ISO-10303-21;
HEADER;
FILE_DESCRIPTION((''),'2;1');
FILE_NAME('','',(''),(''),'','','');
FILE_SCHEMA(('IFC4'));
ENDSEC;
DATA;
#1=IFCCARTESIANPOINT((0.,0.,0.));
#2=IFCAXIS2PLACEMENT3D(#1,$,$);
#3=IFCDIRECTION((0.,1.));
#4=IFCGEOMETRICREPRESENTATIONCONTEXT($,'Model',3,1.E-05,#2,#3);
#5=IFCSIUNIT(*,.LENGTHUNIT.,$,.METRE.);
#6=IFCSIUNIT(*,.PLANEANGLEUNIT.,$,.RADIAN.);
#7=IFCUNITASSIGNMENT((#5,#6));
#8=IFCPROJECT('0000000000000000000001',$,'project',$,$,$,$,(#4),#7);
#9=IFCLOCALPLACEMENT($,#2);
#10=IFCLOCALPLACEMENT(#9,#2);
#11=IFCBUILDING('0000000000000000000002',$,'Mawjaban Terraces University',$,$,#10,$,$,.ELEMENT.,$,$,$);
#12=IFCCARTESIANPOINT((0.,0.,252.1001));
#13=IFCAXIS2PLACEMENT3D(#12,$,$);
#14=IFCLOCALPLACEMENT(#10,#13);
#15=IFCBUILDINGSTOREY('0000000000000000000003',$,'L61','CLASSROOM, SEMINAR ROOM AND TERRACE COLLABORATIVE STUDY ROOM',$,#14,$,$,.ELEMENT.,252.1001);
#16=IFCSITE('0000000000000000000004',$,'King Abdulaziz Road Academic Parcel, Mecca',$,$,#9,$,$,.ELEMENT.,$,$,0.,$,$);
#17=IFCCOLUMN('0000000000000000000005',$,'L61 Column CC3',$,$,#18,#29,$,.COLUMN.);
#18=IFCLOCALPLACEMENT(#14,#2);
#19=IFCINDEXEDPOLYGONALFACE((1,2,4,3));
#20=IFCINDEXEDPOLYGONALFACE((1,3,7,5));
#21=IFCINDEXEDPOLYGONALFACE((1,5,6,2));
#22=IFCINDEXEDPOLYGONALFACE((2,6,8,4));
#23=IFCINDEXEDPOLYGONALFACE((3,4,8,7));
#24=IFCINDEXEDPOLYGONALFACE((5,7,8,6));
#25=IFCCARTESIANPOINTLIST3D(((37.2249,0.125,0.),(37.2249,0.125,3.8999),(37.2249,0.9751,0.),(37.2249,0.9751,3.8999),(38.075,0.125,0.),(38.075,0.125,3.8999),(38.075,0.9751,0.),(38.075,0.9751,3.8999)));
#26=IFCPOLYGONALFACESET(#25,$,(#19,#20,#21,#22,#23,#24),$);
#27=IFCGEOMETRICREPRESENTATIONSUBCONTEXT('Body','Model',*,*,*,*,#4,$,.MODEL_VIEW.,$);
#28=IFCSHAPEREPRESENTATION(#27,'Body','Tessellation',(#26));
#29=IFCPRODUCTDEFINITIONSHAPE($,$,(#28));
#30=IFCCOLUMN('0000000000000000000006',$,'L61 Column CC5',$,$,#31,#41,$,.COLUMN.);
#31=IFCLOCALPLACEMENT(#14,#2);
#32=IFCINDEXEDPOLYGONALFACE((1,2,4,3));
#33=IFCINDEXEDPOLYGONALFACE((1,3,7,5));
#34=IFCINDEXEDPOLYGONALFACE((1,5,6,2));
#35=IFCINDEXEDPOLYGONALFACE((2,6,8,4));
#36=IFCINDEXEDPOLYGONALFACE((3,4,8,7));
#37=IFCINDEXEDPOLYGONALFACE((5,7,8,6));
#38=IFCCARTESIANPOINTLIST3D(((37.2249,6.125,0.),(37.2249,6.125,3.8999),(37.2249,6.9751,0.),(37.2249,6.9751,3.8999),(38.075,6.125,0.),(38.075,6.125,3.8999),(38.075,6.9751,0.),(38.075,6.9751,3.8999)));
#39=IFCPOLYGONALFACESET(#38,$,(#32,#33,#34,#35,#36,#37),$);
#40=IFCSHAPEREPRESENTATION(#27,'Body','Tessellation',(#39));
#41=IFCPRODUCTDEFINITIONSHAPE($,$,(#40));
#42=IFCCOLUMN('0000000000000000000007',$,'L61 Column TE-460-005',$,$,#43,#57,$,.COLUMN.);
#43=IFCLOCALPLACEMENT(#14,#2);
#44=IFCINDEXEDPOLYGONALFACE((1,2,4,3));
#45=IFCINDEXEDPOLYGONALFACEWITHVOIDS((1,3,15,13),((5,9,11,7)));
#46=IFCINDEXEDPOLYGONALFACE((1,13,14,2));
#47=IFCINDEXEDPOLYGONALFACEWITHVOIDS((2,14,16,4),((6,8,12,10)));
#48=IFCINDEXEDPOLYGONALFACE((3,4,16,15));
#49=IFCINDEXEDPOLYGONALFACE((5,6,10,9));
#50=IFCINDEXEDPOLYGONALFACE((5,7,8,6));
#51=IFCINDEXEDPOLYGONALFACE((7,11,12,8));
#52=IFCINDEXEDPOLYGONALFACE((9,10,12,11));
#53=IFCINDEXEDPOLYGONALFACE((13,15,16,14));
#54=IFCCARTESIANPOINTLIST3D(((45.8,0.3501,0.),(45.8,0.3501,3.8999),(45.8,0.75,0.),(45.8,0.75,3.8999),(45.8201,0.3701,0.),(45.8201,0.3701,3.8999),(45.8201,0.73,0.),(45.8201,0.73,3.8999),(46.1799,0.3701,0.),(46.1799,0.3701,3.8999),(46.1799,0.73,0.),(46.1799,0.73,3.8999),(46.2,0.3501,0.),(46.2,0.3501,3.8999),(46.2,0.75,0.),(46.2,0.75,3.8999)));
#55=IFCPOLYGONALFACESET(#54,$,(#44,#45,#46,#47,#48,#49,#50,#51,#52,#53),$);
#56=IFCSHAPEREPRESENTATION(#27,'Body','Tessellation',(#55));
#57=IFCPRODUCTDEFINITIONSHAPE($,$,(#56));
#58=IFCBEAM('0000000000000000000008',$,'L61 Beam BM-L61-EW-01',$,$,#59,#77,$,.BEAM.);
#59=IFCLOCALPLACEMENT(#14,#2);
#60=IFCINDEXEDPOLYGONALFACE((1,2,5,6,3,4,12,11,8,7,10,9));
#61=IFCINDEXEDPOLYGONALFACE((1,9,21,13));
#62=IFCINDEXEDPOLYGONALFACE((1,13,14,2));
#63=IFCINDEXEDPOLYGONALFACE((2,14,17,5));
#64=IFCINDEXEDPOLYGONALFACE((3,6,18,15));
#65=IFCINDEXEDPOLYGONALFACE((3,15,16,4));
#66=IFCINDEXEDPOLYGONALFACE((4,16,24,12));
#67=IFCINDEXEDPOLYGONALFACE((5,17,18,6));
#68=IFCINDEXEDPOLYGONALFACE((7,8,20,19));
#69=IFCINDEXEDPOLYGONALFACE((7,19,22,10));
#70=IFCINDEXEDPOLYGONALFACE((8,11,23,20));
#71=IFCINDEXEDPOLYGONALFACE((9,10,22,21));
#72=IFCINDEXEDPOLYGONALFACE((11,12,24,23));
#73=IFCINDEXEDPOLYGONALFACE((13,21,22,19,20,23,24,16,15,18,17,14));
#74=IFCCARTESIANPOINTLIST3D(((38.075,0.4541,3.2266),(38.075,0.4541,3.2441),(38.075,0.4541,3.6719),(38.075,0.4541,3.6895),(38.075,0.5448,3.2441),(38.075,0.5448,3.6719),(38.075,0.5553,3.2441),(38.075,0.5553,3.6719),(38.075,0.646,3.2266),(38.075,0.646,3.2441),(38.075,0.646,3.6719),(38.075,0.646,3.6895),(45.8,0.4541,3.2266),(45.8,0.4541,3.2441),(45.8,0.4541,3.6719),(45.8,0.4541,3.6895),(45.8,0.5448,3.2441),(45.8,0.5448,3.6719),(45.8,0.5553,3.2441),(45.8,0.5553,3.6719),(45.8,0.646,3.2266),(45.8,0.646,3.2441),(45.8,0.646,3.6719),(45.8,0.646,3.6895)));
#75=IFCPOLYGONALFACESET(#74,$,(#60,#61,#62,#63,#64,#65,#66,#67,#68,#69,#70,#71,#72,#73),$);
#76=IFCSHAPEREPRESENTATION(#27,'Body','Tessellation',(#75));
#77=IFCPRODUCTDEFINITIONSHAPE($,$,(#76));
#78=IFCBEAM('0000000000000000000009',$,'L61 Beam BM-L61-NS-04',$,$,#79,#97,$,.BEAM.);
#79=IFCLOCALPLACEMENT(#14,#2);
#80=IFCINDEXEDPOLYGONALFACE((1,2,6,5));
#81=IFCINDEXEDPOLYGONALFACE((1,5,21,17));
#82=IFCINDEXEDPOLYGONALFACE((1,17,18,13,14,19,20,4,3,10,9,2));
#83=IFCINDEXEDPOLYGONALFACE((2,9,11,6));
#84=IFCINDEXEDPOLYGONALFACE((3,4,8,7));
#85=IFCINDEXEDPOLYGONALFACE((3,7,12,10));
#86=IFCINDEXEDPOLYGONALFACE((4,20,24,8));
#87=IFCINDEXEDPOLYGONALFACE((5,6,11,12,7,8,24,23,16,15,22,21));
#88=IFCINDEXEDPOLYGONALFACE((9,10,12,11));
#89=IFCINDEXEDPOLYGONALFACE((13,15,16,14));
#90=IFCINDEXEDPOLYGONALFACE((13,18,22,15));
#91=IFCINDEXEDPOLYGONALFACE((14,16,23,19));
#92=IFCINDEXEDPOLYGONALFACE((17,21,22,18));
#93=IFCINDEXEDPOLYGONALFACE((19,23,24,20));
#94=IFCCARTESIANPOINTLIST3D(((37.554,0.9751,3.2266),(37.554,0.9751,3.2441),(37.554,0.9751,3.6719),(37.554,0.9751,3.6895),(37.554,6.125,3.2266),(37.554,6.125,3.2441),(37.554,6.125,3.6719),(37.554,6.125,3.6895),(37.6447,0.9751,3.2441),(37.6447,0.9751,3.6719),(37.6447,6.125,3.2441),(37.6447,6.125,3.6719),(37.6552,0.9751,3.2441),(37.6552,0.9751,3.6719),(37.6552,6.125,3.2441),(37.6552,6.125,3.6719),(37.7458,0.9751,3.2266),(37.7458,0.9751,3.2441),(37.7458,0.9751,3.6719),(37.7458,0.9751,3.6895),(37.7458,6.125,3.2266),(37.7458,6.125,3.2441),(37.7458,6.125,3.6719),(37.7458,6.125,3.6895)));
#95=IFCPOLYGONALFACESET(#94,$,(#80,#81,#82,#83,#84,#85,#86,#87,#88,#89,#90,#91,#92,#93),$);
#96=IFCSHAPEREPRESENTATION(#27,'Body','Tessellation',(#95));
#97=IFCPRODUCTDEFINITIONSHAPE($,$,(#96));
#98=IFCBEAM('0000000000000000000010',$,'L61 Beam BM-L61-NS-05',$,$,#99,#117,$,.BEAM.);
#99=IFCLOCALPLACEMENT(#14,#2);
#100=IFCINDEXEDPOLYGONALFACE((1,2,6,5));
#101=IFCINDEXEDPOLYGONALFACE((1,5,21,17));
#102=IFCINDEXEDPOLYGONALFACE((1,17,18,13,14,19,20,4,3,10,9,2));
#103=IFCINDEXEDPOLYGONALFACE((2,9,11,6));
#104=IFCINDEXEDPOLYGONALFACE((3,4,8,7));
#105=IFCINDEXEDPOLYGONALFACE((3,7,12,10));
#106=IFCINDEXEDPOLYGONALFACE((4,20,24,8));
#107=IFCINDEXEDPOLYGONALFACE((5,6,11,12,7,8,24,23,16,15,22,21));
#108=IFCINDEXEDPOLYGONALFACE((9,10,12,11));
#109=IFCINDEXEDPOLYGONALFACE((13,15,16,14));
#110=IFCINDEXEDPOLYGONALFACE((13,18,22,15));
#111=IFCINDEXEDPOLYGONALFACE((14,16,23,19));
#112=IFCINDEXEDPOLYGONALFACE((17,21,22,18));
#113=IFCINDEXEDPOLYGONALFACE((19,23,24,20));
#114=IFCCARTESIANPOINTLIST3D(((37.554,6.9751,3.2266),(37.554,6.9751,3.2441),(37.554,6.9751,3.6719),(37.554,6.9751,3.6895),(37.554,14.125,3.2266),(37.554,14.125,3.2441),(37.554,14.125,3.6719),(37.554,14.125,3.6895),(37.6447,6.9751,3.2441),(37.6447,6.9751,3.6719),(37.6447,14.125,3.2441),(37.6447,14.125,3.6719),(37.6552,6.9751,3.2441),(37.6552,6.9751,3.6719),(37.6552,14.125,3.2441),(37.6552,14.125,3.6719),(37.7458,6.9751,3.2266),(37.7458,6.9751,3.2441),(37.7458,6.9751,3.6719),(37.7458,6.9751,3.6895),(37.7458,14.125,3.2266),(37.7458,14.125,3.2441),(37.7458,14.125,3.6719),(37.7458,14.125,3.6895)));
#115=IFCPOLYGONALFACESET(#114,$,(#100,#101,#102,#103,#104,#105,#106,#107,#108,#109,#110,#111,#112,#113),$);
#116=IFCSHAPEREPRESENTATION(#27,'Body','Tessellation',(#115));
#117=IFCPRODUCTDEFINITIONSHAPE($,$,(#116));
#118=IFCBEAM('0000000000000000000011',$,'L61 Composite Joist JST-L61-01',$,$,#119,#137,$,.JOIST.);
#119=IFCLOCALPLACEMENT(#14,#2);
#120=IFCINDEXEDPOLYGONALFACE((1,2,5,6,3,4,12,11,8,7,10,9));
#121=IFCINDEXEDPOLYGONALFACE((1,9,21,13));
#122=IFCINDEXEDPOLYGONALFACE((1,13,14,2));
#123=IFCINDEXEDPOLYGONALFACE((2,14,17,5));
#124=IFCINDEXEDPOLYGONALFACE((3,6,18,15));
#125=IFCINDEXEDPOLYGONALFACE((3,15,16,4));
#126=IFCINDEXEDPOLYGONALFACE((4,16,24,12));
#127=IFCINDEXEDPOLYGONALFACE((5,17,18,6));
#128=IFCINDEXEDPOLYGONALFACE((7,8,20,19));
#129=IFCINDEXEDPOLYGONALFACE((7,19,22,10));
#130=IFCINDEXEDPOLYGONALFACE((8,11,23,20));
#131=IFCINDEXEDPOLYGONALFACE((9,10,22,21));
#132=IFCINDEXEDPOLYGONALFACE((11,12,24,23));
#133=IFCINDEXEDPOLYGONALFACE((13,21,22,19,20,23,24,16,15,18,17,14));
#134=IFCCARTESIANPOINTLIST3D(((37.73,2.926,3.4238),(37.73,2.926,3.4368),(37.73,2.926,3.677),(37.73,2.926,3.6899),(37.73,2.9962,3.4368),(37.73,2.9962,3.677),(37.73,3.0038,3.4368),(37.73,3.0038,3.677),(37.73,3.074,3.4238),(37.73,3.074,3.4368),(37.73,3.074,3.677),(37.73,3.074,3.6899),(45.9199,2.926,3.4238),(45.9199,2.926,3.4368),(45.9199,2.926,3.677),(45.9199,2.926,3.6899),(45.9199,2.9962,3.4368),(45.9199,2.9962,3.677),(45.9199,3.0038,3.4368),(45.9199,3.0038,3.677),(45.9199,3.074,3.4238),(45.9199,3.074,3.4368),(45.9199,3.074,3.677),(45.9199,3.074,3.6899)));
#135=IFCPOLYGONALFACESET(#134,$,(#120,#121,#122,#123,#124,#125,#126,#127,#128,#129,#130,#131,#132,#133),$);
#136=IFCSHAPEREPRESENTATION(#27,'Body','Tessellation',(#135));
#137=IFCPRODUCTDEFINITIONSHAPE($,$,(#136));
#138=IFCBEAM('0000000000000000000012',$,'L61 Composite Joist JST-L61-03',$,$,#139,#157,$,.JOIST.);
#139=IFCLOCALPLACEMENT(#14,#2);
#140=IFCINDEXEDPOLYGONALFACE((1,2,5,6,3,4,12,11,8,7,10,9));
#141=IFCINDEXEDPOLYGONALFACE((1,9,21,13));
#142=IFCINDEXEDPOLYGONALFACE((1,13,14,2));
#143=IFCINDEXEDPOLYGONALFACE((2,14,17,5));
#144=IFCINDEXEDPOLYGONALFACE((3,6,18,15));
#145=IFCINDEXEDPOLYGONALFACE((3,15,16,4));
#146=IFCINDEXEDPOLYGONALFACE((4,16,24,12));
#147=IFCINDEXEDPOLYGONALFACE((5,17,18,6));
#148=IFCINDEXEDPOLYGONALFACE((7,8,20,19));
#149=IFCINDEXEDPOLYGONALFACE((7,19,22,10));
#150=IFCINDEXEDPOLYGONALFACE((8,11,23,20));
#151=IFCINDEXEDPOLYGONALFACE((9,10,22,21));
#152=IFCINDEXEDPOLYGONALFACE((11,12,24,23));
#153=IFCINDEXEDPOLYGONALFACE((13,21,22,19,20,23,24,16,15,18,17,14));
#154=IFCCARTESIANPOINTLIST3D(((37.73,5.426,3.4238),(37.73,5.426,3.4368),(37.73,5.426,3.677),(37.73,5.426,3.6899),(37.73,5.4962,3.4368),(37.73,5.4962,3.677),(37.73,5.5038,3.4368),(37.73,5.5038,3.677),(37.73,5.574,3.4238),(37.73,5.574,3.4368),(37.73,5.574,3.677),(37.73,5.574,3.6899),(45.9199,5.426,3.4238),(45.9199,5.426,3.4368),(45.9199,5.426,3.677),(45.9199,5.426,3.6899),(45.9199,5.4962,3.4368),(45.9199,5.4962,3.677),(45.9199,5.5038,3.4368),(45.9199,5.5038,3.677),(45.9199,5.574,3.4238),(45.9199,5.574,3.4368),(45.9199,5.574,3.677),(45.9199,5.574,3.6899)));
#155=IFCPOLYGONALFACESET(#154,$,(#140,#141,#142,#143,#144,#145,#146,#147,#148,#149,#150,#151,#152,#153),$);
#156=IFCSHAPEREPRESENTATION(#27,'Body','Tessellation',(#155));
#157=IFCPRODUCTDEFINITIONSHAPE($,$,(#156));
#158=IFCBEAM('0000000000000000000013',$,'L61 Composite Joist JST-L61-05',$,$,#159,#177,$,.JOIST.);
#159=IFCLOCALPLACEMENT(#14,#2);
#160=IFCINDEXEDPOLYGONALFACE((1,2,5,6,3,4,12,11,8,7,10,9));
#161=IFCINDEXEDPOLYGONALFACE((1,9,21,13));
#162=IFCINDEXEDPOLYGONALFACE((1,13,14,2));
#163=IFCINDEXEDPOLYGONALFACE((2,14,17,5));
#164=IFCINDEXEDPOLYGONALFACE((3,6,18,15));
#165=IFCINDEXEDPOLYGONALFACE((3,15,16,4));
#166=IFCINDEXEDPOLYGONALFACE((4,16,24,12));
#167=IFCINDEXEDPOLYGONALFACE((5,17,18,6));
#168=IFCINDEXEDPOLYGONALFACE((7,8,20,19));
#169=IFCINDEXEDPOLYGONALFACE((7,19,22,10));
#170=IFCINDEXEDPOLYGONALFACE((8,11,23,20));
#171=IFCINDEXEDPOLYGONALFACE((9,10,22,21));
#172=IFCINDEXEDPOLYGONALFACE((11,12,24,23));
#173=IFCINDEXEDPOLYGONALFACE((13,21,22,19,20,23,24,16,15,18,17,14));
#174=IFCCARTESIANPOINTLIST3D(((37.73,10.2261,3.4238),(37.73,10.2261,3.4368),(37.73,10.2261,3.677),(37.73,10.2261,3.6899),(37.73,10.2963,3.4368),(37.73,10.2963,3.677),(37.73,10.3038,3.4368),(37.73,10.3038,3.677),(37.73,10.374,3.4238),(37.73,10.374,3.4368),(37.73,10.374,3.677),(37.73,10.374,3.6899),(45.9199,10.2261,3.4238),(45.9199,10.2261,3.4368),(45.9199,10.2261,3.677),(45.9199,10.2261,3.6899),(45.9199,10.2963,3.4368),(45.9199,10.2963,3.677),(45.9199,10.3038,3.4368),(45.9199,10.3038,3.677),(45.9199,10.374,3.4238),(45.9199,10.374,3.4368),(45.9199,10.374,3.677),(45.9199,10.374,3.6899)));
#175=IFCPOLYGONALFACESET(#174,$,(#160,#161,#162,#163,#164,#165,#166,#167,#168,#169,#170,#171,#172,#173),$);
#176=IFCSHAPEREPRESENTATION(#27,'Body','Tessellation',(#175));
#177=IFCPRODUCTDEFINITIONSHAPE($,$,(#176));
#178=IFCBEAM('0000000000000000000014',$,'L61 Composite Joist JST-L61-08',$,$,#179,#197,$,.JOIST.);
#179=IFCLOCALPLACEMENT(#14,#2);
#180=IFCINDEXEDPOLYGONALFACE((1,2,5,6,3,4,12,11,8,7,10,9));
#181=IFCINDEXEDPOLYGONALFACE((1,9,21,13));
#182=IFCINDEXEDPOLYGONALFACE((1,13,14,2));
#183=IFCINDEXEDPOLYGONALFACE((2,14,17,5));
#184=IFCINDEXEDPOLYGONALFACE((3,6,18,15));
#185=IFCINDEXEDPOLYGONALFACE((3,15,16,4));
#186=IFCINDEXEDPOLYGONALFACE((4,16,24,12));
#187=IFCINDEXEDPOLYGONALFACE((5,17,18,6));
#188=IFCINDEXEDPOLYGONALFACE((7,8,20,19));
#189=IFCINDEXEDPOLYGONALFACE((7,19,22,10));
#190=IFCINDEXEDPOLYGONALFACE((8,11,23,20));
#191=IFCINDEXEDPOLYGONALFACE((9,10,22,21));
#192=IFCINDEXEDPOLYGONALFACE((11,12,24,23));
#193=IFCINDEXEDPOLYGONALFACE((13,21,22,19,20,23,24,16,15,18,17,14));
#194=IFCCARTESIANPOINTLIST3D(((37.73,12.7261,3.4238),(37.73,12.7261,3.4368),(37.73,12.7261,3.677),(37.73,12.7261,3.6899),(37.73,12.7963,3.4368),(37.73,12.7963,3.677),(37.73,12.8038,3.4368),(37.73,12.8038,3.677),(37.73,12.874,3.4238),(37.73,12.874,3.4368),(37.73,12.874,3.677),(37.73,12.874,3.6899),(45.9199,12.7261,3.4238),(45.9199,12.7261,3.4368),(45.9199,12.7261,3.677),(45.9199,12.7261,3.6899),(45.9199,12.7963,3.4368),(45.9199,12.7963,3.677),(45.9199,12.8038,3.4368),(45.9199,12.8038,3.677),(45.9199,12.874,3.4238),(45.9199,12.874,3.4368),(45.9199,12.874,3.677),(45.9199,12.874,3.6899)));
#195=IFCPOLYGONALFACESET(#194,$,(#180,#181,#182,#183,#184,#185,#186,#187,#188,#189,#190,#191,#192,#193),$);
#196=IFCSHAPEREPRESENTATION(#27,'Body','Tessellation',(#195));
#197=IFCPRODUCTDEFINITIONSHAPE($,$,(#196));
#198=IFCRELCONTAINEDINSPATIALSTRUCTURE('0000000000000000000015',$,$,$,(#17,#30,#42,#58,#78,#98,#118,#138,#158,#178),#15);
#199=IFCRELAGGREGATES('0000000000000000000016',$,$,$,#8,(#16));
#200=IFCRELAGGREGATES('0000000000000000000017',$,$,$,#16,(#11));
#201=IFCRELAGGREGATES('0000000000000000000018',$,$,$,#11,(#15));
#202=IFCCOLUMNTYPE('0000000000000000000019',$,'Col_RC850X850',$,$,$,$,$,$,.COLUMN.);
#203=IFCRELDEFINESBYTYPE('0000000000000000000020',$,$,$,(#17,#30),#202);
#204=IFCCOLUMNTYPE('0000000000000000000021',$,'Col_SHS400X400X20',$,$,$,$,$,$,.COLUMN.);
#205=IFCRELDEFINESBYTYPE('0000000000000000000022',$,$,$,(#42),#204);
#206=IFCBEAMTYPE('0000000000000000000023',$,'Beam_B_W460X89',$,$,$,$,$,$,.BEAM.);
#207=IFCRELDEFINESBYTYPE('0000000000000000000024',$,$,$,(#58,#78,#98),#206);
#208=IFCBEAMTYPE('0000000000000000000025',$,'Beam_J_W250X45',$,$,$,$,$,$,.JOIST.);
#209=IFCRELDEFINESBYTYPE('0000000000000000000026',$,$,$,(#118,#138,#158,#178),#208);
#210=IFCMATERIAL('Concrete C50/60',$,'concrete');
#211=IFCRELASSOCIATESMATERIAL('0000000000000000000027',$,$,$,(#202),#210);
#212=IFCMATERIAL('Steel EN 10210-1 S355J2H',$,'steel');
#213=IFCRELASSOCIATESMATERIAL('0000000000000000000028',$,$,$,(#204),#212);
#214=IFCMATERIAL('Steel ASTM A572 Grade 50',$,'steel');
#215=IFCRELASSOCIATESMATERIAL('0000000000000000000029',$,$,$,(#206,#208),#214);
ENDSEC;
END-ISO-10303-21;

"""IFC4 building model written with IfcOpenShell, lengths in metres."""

from ifc_helpers import new_model, si_unit, direction, frame, origin, origin_2d, place, context, subcontext, project, spatial, rectangle, hollow_rectangle, i_section, extrude, material, material_profile, profile_set, type_object, element, save


model = new_model("IFC4")

# Units and contexts
model_context = context("Model", 3, precision=1e-05, world=origin(), true_north=direction((0.0, 1.0)))
body_context = subcontext(model_context, "Body", "Model", "MODEL_VIEW")
ifc_project = project(units=[si_unit("LENGTHUNIT", "METRE"), si_unit("PLANEANGLEUNIT", "RADIAN")], contexts=[model_context])

# Site, building, storey
site_placement = place(None, origin())
site = spatial("IfcSite", under=ifc_project, at=site_placement, Name="King Abdulaziz Road Academic Parcel, Mecca", CompositionType="ELEMENT", RefElevation=0.0)
building_placement = place(site_placement, origin())
building = spatial("IfcBuilding", under=site, at=building_placement, Name="Mawjaban Terraces University", CompositionType="ELEMENT")
storey_placement = place(building_placement, frame((0.0, 0.0, 252.1001)))
storey = spatial("IfcBuildingStorey", under=building, at=storey_placement, Name="L61", Description="CLASSROOM, SEMINAR ROOM AND TERRACE COLLABORATIVE STUDY ROOM", CompositionType="ELEMENT", Elevation=252.1001)

# Columns
ifc_material_1 = material(Name="Concrete C50/60", Category="concrete")
ifc_material_profile_1 = material_profile(ifc_material_1, rectangle(XDim=0.8501, YDim=0.8501, at=origin_2d()), Name="RC850X850")
ifc_profile_set_1 = profile_set([ifc_material_profile_1], Name="Concrete C50/60")
column_type_1 = type_object("IfcColumnType", Name="Col_RC850X850", PredefinedType="COLUMN", material=ifc_profile_set_1)
for number, where, z_axis, x_axis, name in (
    (1, (37.6499, 0.55, 0.0), (0.0, 0.0, 1.0), (1.0, 0.0, 0.0), "L61 Column CC3"),
    (2, (37.6499, 6.55, 0.0), (0.0, 0.0, 1.0), (1.0, 0.0, 0.0), "L61 Column CC5"),
):
    element("IfcColumn", number, at=place(storey_placement, frame(where, z_axis=z_axis, x_axis=x_axis)), inside=storey, type_object=column_type_1, Name=name, PredefinedType="COLUMN", context=body_context, shape_type="SweptSolid", body=[
        extrude(rectangle(XDim=0.8501, YDim=0.8501, at=origin_2d()), origin(), (0.0, 0.0, 1.0), 3.8999),
    ])
ifc_material_2 = material(Name="Steel EN 10210-1 S355J2H", Category="steel")
ifc_material_profile_2 = material_profile(ifc_material_2, hollow_rectangle(XDim=0.3999, YDim=0.3999, WallThickness=0.02, at=origin_2d()), Name="SHS400X400X20")
ifc_profile_set_2 = profile_set([ifc_material_profile_2], Name="Steel EN 10210-1 S355J2H")
column_type_2 = type_object("IfcColumnType", Name="Col_SHS400X400X20", PredefinedType="COLUMN", material=ifc_profile_set_2)
column_placement = place(storey_placement, frame((46.0, 0.55, 0.0), z_axis=(0.0, 0.0, 1.0), x_axis=(1.0, 0.0, 0.0)))
element("IfcColumn", 3, at=column_placement, inside=storey, type_object=column_type_2, Name="L61 Column TE-460-005", PredefinedType="COLUMN", context=body_context, shape_type="SweptSolid", body=[
    extrude(hollow_rectangle(XDim=0.3999, YDim=0.3999, WallThickness=0.02, at=origin_2d()), origin(), (0.0, 0.0, 1.0), 3.8999),
])

# Beams
ifc_material_3 = material(Name="Steel ASTM A572 Grade 50", Category="steel")
ifc_material_profile_3 = material_profile(ifc_material_3, i_section(OverallWidth=0.1919, OverallDepth=0.4629, WebThickness=0.0105, FlangeThickness=0.0176, at=origin_2d()), Name="W460X89")
ifc_profile_set_3 = profile_set([ifc_material_profile_3], Name="Steel ASTM A572 Grade 50")
beam_type_1 = type_object("IfcBeamType", Name="Beam_B_W460X89", PredefinedType="BEAM", material=ifc_profile_set_3)
beam_1_placement = place(storey_placement, frame((38.075, 0.55, 3.458), z_axis=(1.0, 0.0, 0.0), x_axis=(0.0, 1.0, 0.0)))
element("IfcBeam", 4, at=beam_1_placement, inside=storey, type_object=beam_type_1, Name="L61 Beam BM-L61-EW-01", PredefinedType="BEAM", context=body_context, shape_type="SweptSolid", body=[
    extrude(i_section(OverallWidth=0.1919, OverallDepth=0.4629, WebThickness=0.0105, FlangeThickness=0.0176, at=origin_2d()), origin(), (0.0, 0.0, 1.0), 7.7251),
])
beam_2_placement = place(storey_placement, frame((37.6499, 0.9751, 3.458), z_axis=(0.0, 1.0, 0.0), x_axis=(-1.0, 0.0, 0.0)))
element("IfcBeam", 5, at=beam_2_placement, inside=storey, type_object=beam_type_1, Name="L61 Beam BM-L61-NS-04", PredefinedType="BEAM", context=body_context, shape_type="SweptSolid", body=[
    extrude(i_section(OverallWidth=0.1919, OverallDepth=0.4629, WebThickness=0.0105, FlangeThickness=0.0176, at=origin_2d()), origin(), (0.0, 0.0, 1.0), 5.1499),
])
beam_3_placement = place(storey_placement, frame((37.6499, 6.9751, 3.458), z_axis=(0.0, 1.0, 0.0), x_axis=(-1.0, 0.0, 0.0)))
element("IfcBeam", 6, at=beam_3_placement, inside=storey, type_object=beam_type_1, Name="L61 Beam BM-L61-NS-05", PredefinedType="BEAM", context=body_context, shape_type="SweptSolid", body=[
    extrude(i_section(OverallWidth=0.1919, OverallDepth=0.4629, WebThickness=0.0105, FlangeThickness=0.0176, at=origin_2d()), origin(), (0.0, 0.0, 1.0), 7.1499),
])
ifc_material_profile_4 = material_profile(ifc_material_3, i_section(OverallWidth=0.1479, OverallDepth=0.2661, WebThickness=0.0076, FlangeThickness=0.0129, at=origin_2d()), Name="W250X45")
ifc_profile_set_4 = profile_set([ifc_material_profile_4], Name="Steel ASTM A572 Grade 50")
beam_type_2 = type_object("IfcBeamType", Name="Beam_J_W250X45", PredefinedType="JOIST", material=ifc_profile_set_4)
for number, where, z_axis, x_axis, name in (
    (7, (37.73, 3.0, 3.5569), (1.0, 0.0, 0.0), (0.0, 1.0, 0.0), "L61 Composite Joist JST-L61-01"),
    (8, (37.73, 5.5, 3.5569), (1.0, 0.0, 0.0), (0.0, 1.0, 0.0), "L61 Composite Joist JST-L61-03"),
    (9, (37.73, 10.3, 3.5569), (1.0, 0.0, 0.0), (0.0, 1.0, 0.0), "L61 Composite Joist JST-L61-05"),
    (10, (37.73, 12.8, 3.5569), (1.0, 0.0, 0.0), (0.0, 1.0, 0.0), "L61 Composite Joist JST-L61-08"),
):
    element("IfcBeam", number, at=place(storey_placement, frame(where, z_axis=z_axis, x_axis=x_axis)), inside=storey, type_object=beam_type_2, Name=name, PredefinedType="JOIST", context=body_context, shape_type="SweptSolid", body=[
        extrude(i_section(OverallWidth=0.1479, OverallDepth=0.2661, WebThickness=0.0076, FlangeThickness=0.0129, at=origin_2d()), origin(), (0.0, 0.0, 1.0), 8.1899),
    ])

save(model, "model.ifc")
